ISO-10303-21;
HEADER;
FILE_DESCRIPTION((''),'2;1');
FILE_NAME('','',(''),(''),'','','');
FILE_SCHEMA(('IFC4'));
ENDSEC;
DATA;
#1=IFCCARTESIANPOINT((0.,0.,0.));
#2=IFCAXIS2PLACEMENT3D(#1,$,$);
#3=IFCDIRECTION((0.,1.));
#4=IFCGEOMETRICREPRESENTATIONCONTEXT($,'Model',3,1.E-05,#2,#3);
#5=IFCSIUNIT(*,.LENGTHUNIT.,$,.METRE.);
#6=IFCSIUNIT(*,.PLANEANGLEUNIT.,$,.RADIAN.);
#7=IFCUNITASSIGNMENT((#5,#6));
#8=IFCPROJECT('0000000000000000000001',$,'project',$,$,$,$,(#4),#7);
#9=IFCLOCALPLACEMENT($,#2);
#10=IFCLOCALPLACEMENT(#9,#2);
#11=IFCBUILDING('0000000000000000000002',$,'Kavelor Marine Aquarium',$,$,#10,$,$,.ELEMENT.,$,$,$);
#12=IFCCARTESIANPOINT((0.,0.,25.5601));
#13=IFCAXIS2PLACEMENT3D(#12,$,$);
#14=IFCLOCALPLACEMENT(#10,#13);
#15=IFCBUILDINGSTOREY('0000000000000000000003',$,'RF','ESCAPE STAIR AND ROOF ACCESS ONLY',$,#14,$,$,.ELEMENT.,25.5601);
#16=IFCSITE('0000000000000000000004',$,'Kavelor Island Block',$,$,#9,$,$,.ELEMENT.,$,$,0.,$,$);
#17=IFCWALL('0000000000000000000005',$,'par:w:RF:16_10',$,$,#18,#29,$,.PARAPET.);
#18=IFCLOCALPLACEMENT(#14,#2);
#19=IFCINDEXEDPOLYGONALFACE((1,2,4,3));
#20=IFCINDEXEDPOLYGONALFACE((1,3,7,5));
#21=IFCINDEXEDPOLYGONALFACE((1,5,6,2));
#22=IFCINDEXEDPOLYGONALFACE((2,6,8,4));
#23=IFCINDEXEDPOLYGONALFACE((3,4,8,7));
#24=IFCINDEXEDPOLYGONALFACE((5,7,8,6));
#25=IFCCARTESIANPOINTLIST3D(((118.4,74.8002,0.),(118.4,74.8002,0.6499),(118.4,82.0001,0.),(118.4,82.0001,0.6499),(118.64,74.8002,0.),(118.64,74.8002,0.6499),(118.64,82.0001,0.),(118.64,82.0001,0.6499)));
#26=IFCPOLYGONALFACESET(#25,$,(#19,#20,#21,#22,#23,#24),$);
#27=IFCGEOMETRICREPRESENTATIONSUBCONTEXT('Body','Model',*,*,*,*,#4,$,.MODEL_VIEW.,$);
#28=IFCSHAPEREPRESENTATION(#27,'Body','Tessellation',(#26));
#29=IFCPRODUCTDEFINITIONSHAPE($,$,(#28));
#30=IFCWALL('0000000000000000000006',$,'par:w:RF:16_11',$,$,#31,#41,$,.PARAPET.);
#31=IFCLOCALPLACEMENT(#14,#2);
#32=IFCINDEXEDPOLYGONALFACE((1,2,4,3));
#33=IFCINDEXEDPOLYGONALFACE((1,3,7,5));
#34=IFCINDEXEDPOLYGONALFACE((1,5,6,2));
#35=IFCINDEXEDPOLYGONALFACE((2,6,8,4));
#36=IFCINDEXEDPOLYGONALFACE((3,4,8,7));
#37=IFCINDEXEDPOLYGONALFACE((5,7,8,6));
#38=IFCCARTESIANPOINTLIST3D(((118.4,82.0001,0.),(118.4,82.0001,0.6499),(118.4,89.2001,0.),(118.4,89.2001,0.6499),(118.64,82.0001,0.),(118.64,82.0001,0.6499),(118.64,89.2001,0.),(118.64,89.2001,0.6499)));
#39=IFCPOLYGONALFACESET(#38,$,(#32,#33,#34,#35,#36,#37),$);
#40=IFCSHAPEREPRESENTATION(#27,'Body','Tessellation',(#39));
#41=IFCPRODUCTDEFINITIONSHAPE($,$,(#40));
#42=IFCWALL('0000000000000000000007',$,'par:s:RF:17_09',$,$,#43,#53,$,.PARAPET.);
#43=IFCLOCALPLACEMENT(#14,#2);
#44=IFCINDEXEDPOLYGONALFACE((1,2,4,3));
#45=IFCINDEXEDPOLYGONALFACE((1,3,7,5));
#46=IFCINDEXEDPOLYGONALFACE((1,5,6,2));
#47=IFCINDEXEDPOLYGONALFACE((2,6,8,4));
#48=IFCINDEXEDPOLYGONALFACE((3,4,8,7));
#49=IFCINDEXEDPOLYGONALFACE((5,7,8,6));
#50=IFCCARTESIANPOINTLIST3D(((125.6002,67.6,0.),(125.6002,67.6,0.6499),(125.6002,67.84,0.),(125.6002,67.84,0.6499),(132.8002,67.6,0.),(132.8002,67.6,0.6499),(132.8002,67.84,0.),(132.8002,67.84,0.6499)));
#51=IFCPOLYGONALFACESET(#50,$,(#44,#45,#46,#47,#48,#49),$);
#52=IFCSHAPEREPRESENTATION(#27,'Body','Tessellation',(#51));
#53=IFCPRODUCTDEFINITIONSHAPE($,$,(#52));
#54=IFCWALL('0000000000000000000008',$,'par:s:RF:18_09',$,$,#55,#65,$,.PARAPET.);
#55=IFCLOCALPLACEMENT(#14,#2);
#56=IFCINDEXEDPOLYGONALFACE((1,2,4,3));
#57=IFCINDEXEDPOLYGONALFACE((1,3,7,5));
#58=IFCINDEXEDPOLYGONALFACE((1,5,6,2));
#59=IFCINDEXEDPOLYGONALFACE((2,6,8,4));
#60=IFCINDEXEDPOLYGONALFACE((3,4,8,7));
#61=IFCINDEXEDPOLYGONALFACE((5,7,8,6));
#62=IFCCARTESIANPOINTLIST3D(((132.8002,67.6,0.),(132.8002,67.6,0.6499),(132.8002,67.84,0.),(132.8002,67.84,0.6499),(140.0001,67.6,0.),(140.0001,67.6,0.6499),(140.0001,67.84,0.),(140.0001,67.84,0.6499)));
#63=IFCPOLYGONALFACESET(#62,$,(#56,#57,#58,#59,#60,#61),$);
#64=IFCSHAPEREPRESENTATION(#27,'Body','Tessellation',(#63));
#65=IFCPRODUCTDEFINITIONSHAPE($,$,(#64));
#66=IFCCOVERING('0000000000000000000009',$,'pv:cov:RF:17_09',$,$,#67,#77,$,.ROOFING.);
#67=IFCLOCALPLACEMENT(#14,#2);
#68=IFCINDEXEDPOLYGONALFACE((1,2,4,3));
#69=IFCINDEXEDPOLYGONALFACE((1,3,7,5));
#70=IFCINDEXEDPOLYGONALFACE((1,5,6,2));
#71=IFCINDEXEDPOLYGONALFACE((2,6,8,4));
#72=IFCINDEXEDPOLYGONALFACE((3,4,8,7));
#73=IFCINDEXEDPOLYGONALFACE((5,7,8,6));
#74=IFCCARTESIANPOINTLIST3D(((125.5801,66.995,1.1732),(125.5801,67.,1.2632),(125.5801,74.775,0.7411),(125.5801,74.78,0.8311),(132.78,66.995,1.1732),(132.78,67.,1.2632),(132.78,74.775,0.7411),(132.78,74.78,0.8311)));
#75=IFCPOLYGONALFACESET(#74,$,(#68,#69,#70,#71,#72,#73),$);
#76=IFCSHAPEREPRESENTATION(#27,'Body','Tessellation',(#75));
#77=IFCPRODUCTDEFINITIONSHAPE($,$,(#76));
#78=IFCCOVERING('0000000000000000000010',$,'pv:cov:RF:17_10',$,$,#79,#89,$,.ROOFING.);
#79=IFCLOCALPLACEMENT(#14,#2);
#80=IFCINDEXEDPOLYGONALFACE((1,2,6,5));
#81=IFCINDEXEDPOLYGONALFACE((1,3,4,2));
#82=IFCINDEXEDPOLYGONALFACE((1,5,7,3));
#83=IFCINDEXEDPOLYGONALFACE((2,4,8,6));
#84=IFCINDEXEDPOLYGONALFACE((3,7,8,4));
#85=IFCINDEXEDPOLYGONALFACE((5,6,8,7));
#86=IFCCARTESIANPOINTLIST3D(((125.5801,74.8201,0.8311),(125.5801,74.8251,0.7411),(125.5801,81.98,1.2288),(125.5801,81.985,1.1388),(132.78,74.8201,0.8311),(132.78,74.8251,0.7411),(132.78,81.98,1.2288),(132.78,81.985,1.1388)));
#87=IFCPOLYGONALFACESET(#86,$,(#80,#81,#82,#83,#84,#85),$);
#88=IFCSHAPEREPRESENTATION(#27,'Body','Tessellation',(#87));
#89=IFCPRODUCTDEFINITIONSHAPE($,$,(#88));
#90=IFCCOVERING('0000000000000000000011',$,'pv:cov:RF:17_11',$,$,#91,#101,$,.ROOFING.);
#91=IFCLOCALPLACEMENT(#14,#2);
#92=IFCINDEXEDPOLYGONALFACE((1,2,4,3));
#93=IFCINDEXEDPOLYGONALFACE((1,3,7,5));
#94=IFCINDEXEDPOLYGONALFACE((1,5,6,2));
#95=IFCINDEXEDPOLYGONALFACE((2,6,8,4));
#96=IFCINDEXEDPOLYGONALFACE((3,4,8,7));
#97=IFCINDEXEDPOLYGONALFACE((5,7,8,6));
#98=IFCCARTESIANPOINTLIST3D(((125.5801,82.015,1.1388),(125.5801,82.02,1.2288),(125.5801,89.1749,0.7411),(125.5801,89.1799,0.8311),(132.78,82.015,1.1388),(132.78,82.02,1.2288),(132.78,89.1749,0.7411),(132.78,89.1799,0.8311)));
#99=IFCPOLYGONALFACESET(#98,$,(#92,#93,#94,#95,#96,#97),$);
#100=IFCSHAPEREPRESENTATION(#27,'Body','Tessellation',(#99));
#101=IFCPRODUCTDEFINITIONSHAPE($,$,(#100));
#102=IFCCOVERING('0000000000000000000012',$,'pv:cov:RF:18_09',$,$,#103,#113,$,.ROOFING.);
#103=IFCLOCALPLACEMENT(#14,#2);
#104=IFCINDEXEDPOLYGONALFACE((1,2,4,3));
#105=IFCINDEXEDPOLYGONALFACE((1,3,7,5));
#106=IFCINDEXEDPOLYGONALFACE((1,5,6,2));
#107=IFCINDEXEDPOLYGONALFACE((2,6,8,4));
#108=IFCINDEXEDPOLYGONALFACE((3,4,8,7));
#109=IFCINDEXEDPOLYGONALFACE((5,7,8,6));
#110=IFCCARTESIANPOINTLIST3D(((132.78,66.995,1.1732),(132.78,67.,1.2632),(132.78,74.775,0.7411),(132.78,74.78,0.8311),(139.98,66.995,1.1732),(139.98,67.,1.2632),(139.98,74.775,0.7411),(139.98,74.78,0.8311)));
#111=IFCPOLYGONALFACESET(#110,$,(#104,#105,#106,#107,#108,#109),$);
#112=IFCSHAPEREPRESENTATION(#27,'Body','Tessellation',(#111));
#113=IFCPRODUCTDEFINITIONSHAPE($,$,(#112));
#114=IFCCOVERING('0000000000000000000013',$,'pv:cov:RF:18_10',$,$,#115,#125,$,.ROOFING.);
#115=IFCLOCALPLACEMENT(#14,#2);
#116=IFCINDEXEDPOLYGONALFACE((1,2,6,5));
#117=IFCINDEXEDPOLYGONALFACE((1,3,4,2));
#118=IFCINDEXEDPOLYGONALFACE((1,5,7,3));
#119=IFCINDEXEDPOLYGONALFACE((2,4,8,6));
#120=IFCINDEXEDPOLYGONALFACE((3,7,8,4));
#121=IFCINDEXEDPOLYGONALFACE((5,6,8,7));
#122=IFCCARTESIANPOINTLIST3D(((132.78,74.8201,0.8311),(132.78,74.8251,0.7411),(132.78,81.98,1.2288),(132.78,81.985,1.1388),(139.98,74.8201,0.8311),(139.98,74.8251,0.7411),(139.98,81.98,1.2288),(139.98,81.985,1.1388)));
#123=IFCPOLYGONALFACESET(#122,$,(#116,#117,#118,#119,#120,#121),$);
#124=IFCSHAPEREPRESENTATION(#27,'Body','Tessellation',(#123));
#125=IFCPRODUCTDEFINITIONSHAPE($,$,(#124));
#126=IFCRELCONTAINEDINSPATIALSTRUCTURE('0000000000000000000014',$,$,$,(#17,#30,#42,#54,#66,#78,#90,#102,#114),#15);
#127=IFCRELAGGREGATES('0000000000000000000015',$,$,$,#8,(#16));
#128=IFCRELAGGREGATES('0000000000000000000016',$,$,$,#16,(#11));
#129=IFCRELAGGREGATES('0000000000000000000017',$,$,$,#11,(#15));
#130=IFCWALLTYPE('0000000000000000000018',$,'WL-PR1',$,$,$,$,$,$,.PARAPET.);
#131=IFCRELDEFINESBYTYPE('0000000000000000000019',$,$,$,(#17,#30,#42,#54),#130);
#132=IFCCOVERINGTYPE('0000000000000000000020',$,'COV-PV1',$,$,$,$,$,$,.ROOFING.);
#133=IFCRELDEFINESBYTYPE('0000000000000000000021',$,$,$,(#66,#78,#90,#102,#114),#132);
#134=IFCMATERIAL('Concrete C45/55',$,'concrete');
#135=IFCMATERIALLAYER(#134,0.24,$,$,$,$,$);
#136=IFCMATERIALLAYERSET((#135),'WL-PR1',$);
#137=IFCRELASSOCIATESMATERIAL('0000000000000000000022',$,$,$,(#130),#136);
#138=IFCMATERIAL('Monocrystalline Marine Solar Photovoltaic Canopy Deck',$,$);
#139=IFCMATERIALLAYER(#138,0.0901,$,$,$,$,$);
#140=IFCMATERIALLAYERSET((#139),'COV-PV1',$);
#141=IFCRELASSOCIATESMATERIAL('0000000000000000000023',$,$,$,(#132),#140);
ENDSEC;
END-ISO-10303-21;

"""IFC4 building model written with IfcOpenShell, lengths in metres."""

from ifc_helpers import new_model, si_unit, direction, frame, frame_2d, origin, place, context, subcontext, project, spatial, polyline, rectangle, outline, extrude, material, layer, layer_set, type_object, element, save


model = new_model("IFC4")

# Units and contexts
model_context = context("Model", 3, precision=1e-05, world=origin(), true_north=direction((0.0, 1.0)))
body_context = subcontext(model_context, "Body", "Model", "MODEL_VIEW")
ifc_project = project(units=[si_unit("LENGTHUNIT", "METRE"), si_unit("PLANEANGLEUNIT", "RADIAN")], contexts=[model_context])

# Site, building, storey
site_placement = place(None, origin())
site = spatial("IfcSite", under=ifc_project, at=site_placement, Name="Kavelor Island Block", CompositionType="ELEMENT", RefElevation=0.0)
building_placement = place(site_placement, origin())
building = spatial("IfcBuilding", under=site, at=building_placement, Name="Kavelor Marine Aquarium", CompositionType="ELEMENT")
storey_placement = place(building_placement, frame((0.0, 0.0, 25.5601)))
storey = spatial("IfcBuildingStorey", under=building, at=storey_placement, Name="RF", Description="ESCAPE STAIR AND ROOF ACCESS ONLY", CompositionType="ELEMENT", Elevation=25.5601)

# Walls
ifc_material_1 = material(Name="Concrete C45/55", Category="concrete")
ifc_layer_1 = layer(ifc_material_1, 0.24)
ifc_layer_set_1 = layer_set([ifc_layer_1], Name="WL-PR1")
wall_type = type_object("IfcWallType", Name="WL-PR1", PredefinedType="PARAPET", material=ifc_layer_set_1)
for number, where, z_axis, x_axis, name in (
    (1, (118.52, 74.8, 0.0), (0.0, 0.0, 1.0), (0.0, 1.0, 0.0), "par:w:RF:16_10"),
    (2, (118.52, 82.0, 0.0), (0.0, 0.0, 1.0), (0.0, 1.0, 0.0), "par:w:RF:16_11"),
    (3, (125.6001, 67.72, 0.0), (0.0, 0.0, 1.0), (1.0, 0.0, 0.0), "par:s:RF:17_09"),
    (4, (132.8, 67.72, 0.0), (0.0, 0.0, 1.0), (1.0, 0.0, 0.0), "par:s:RF:18_09"),
):
    element("IfcWall", number, at=place(storey_placement, frame(where, z_axis=z_axis, x_axis=x_axis)), inside=storey, type_object=wall_type, Name=name, PredefinedType="PARAPET", context=body_context, shape_type="SweptSolid", body=[
        extrude(rectangle(XDim=7.2, YDim=0.24, at=frame_2d((3.6001, 0.0))), origin(), (0.0, 0.0, 1.0), 0.6499),
    ])

# Coverings
ifc_material_2 = material(Name="Monocrystalline Marine Solar Photovoltaic Canopy Deck")
ifc_layer_2 = layer(ifc_material_2, 0.0901)
ifc_layer_set_2 = layer_set([ifc_layer_2], Name="COV-PV1")
covering_type = type_object("IfcCoveringType", Name="COV-PV1", PredefinedType="ROOFING", material=ifc_layer_set_2)
covering_1_placement = place(storey_placement, frame((125.5801, 67.0, 1.2632), z_axis=(0.0, 0.055458, 0.998461), x_axis=(1.0, 0.0, 0.0)))
element("IfcCovering", 5, at=covering_1_placement, inside=storey, type_object=covering_type, Name="pv:cov:RF:17_09", PredefinedType="ROOFING", context=body_context, shape_type="SweptSolid", body=[
    extrude(outline(polyline([(0.0, 0.0), (7.2, 0.0), (7.2, 7.792), (0.0, 7.792), (0.0, 0.0)])), origin(), (0.0, 0.0, -1.0), 0.0901),
])
for number, where, z_axis, x_axis, name in (
    (6, (125.5801, 74.8201, 0.8311), (0.0, -0.055461, 0.998461), (1.0, 0.0, 0.0), "pv:cov:RF:17_10"),
    (7, (125.5801, 82.02, 1.2288), (0.0, 0.055461, 0.998461), (1.0, 0.0, 0.0), "pv:cov:RF:17_11"),
):
    element("IfcCovering", number, at=place(storey_placement, frame(where, z_axis=z_axis, x_axis=x_axis)), inside=storey, type_object=covering_type, Name=name, PredefinedType="ROOFING", context=body_context, shape_type="SweptSolid", body=[
        extrude(outline(polyline([(0.0, 0.0), (7.2, 0.0), (7.2, 7.1709), (0.0, 7.1709), (0.0, 0.0)])), origin(), (0.0, 0.0, -1.0), 0.0901),
    ])
covering_2_placement = place(storey_placement, frame((132.78, 67.0, 1.2632), z_axis=(0.0, 0.055458, 0.998461), x_axis=(1.0, 0.0, 0.0)))
element("IfcCovering", 8, at=covering_2_placement, inside=storey, type_object=covering_type, Name="pv:cov:RF:18_09", PredefinedType="ROOFING", context=body_context, shape_type="SweptSolid", body=[
    extrude(outline(polyline([(0.0, 0.0), (7.2, 0.0), (7.2, 7.792), (0.0, 7.792), (0.0, 0.0)])), origin(), (0.0, 0.0, -1.0), 0.0901),
])
covering_3_placement = place(storey_placement, frame((132.78, 74.8201, 0.8311), z_axis=(0.0, -0.055461, 0.998461), x_axis=(1.0, 0.0, 0.0)))
element("IfcCovering", 9, at=covering_3_placement, inside=storey, type_object=covering_type, Name="pv:cov:RF:18_10", PredefinedType="ROOFING", context=body_context, shape_type="SweptSolid", body=[
    extrude(outline(polyline([(0.0, 0.0), (7.2, 0.0), (7.2, 7.1709), (0.0, 7.1709), (0.0, 0.0)])), origin(), (0.0, 0.0, -1.0), 0.0901),
])

save(model, "model.ifc")
